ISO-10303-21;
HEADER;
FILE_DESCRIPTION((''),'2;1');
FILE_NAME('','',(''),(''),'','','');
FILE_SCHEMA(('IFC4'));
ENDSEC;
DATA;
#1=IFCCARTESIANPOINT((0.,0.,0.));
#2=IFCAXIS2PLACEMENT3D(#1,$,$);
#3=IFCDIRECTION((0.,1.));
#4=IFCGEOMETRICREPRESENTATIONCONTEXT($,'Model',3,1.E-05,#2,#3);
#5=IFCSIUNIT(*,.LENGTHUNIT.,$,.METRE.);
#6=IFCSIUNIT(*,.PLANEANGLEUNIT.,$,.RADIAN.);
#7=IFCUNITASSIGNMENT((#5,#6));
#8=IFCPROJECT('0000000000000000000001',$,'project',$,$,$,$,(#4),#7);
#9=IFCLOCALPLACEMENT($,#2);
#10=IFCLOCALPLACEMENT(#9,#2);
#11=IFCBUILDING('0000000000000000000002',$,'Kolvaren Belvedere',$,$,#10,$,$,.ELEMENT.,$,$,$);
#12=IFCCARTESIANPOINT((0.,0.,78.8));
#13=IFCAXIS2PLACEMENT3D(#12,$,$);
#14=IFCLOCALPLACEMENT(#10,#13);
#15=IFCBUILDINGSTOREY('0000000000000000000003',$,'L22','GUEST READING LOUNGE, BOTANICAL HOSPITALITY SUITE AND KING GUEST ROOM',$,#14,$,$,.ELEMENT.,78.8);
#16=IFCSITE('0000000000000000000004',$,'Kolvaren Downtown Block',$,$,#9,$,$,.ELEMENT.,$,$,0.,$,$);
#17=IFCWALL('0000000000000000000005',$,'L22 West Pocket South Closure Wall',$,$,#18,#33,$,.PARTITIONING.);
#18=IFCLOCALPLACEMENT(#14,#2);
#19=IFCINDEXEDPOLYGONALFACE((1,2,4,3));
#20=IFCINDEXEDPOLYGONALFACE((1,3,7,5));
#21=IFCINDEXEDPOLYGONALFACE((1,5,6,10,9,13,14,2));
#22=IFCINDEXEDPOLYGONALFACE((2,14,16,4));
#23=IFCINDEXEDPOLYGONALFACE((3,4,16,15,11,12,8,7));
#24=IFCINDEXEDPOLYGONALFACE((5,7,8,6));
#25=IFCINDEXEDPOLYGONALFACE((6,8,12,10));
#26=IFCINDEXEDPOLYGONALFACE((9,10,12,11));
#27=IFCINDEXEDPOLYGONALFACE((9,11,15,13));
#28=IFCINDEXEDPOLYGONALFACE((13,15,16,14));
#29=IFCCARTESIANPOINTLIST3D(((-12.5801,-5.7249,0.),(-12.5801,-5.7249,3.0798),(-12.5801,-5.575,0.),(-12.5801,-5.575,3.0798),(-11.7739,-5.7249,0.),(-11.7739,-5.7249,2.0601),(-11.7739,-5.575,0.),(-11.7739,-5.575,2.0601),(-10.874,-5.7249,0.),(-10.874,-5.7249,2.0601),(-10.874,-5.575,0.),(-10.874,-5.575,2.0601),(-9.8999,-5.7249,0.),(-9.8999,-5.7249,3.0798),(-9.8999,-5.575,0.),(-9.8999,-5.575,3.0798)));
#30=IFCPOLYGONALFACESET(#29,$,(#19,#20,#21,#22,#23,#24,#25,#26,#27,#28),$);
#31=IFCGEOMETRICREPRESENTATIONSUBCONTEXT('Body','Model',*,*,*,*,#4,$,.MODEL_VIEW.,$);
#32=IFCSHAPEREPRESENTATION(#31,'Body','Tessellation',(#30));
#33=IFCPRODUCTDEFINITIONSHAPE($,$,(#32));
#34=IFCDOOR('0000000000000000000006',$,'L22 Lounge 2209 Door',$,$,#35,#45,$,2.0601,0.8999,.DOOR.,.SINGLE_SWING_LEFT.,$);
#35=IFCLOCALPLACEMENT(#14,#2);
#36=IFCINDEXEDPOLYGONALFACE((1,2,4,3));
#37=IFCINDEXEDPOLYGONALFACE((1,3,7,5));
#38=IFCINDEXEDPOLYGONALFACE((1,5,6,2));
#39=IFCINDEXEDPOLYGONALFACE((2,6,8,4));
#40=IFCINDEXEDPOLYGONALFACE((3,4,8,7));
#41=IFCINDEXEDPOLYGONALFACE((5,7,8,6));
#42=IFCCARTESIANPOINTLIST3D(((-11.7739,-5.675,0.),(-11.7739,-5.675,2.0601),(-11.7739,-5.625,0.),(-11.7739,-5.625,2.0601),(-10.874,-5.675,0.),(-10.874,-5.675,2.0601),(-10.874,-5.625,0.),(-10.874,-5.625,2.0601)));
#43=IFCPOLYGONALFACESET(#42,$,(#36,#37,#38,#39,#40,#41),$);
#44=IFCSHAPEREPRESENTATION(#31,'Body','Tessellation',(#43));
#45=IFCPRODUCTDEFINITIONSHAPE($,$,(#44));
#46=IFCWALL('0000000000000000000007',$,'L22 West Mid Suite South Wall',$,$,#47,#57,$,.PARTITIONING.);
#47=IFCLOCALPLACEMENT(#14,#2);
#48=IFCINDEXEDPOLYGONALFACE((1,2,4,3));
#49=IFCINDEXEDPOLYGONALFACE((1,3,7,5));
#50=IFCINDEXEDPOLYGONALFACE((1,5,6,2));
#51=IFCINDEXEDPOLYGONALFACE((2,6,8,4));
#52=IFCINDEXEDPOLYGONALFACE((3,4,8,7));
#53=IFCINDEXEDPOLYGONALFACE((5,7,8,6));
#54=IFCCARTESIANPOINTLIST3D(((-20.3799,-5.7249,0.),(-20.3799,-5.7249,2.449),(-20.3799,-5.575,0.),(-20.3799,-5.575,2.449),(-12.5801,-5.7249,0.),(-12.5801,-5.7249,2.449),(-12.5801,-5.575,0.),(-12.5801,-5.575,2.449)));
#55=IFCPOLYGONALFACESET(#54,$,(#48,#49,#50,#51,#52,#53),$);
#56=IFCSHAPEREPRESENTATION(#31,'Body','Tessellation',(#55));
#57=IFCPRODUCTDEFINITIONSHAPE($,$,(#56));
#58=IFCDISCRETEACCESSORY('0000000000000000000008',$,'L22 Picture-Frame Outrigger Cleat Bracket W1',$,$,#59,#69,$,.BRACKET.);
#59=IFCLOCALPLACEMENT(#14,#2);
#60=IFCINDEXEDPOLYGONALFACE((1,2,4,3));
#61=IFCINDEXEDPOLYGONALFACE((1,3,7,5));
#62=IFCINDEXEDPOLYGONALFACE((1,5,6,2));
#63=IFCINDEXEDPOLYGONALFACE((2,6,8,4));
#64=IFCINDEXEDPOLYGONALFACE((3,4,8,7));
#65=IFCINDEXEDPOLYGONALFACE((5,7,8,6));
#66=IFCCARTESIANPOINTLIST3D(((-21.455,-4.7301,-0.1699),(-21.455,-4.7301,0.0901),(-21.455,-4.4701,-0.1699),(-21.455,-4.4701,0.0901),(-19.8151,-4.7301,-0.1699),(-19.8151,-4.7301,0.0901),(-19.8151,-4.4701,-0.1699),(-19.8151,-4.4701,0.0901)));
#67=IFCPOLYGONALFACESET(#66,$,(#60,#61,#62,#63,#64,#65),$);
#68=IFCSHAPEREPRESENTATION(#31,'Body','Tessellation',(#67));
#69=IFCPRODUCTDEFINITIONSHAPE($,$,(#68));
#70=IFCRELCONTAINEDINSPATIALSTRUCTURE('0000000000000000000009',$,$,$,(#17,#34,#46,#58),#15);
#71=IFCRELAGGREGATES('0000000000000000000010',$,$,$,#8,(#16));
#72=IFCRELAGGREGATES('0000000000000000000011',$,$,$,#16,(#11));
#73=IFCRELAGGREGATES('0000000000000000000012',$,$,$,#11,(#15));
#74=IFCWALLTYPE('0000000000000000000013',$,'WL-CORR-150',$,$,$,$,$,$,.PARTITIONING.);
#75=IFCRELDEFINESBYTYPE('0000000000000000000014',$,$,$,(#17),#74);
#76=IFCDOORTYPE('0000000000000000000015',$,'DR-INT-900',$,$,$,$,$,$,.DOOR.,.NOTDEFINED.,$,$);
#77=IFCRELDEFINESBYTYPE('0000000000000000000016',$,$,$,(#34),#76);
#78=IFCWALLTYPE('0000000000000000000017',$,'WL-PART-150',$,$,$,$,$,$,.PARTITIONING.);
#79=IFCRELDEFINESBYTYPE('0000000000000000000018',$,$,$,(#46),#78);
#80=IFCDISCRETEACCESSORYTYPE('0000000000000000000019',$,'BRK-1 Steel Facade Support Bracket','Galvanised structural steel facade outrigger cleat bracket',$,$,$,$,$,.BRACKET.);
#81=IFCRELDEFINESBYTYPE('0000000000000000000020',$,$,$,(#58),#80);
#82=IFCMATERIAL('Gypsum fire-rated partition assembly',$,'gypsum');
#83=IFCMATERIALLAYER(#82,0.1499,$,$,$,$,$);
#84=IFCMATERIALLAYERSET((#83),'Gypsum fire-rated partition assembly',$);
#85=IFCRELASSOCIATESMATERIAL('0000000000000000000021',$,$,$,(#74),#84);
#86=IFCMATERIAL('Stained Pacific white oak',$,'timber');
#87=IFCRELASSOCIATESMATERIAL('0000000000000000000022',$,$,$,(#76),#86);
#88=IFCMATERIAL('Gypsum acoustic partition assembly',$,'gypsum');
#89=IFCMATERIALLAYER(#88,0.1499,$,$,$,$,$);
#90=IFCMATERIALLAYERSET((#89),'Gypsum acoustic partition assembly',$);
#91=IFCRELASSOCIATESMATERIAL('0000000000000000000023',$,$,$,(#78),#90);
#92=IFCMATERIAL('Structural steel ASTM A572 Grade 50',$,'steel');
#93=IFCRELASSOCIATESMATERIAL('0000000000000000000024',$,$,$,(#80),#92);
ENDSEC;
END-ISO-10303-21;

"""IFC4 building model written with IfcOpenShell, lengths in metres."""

from ifc_helpers import new_model, si_unit, direction, frame, frame_2d, origin, origin_2d, place, context, subcontext, project, spatial, rectangle, extrude, material, layer, layer_set, type_object, element, fill, save


model = new_model("IFC4")

# Units and contexts
model_context = context("Model", 3, precision=1e-05, world=origin(), true_north=direction((0.0, 1.0)))
body_context = subcontext(model_context, "Body", "Model", "MODEL_VIEW")
ifc_project = project(units=[si_unit("LENGTHUNIT", "METRE"), si_unit("PLANEANGLEUNIT", "RADIAN")], contexts=[model_context])

# Site, building, storey
site_placement = place(None, origin())
site = spatial("IfcSite", under=ifc_project, at=site_placement, Name="Kolvaren Downtown Block", CompositionType="ELEMENT", RefElevation=0.0)
building_placement = place(site_placement, origin())
building = spatial("IfcBuilding", under=site, at=building_placement, Name="Kolvaren Belvedere", CompositionType="ELEMENT")
storey_placement = place(building_placement, frame((0.0, 0.0, 78.8)))
storey = spatial("IfcBuildingStorey", under=building, at=storey_placement, Name="L22", Description="GUEST READING LOUNGE, BOTANICAL HOSPITALITY SUITE AND KING GUEST ROOM", CompositionType="ELEMENT", Elevation=78.8)

# Shared definitions
ifc_material_1 = material(Name="Gypsum fire-rated partition assembly", Category="gypsum")
ifc_layer_1 = layer(ifc_material_1, 0.1499)
ifc_layer_set_1 = layer_set([ifc_layer_1], Name="Gypsum fire-rated partition assembly")
wall_type_1 = type_object("IfcWallType", Name="WL-CORR-150", PredefinedType="PARTITIONING", material=ifc_layer_set_1)
ifc_material_2 = material(Name="Stained Pacific white oak", Category="timber")
door_type = type_object("IfcDoorType", Name="DR-INT-900", OperationType="NOTDEFINED", PredefinedType="DOOR", material=ifc_material_2)

# Wall, opening, door
wall_1_placement = place(storey_placement, frame((-12.5801, -5.6499, 0.0), z_axis=(0.0, 0.0, 1.0), x_axis=(1.0, 0.0, 0.0)))
wall_1 = element("IfcWall", 1, at=wall_1_placement, inside=storey, type_object=wall_type_1, Name="L22 West Pocket South Closure Wall", PredefinedType="PARTITIONING", context=body_context, shape_type="SweptSolid", body=[
    extrude(rectangle(XDim=2.6802, YDim=0.1499, at=frame_2d((1.3401, 0.0))), origin(), (0.0, 0.0, 1.0), 3.0798),
])
opening_1_placement = place(wall_1_placement, frame((0.8062, 0.0, 0.0)))
opening_1 = element("IfcOpeningElement", 2, at=opening_1_placement, cuts=wall_1, PredefinedType="OPENING", context=body_context, shape_type="SweptSolid", body=[
    extrude(rectangle(XDim=0.8999, YDim=2.0601, at=frame_2d((0.45, 1.03))), frame((0.0, 0.085, 0.0), z_axis=(0.0, -1.0, 0.0), x_axis=(1.0, 0.0, 0.0)), (0.0, 0.0, 1.0), 0.1699),
])
door_1_placement = place(opening_1_placement, origin())
door_1 = element("IfcDoor", 3, at=door_1_placement, inside=storey, type_object=door_type, Name="L22 Lounge 2209 Door", OperationType="SINGLE_SWING_LEFT", OverallHeight=2.0601, OverallWidth=0.8999, PredefinedType="DOOR", context=body_context, shape_type="SweptSolid", body=[
    extrude(rectangle(XDim=0.8999, YDim=2.0601, at=frame_2d((0.45, 1.03))), frame((0.0, 0.0249, 0.0), z_axis=(0.0, -1.0, 0.0), x_axis=(1.0, 0.0, 0.0)), (0.0, 0.0, 1.0), 0.05),
])
fill(opening_1, door_1)

# Wall
ifc_material_3 = material(Name="Gypsum acoustic partition assembly", Category="gypsum")
ifc_layer_2 = layer(ifc_material_3, 0.1499)
ifc_layer_set_2 = layer_set([ifc_layer_2], Name="Gypsum acoustic partition assembly")
wall_type_2 = type_object("IfcWallType", Name="WL-PART-150", PredefinedType="PARTITIONING", material=ifc_layer_set_2)
wall_2_placement = place(storey_placement, frame((-20.3799, -5.6499, 0.0), z_axis=(0.0, 0.0, 1.0), x_axis=(1.0, 0.0, 0.0)))
element("IfcWall", 4, at=wall_2_placement, inside=storey, type_object=wall_type_2, Name="L22 West Mid Suite South Wall", PredefinedType="PARTITIONING", context=body_context, shape_type="SweptSolid", body=[
    extrude(rectangle(XDim=7.7998, YDim=0.1499, at=frame_2d((3.8999, 0.0))), origin(), (0.0, 0.0, 1.0), 2.449),
])

# Discrete accessory
ifc_material_4 = material(Name="Structural steel ASTM A572 Grade 50", Category="steel")
discrete_accessory_type = type_object("IfcDiscreteAccessoryType", Name="BRK-1 Steel Facade Support Bracket", Description="Galvanised structural steel facade outrigger cleat bracket", PredefinedType="BRACKET", material=ifc_material_4)
discrete_accessory_placement = place(storey_placement, frame((-20.635, -4.6001, -0.1699), z_axis=(0.0, 0.0, 1.0), x_axis=(1.0, 0.0, 0.0)))
element("IfcDiscreteAccessory", 5, at=discrete_accessory_placement, inside=storey, type_object=discrete_accessory_type, Name="L22 Picture-Frame Outrigger Cleat Bracket W1", PredefinedType="BRACKET", context=body_context, shape_type="SweptSolid", body=[
    extrude(rectangle(XDim=1.6399, YDim=0.26, at=origin_2d()), origin(), (0.0, 0.0, 1.0), 0.26),
])

save(model, "model.ifc")
